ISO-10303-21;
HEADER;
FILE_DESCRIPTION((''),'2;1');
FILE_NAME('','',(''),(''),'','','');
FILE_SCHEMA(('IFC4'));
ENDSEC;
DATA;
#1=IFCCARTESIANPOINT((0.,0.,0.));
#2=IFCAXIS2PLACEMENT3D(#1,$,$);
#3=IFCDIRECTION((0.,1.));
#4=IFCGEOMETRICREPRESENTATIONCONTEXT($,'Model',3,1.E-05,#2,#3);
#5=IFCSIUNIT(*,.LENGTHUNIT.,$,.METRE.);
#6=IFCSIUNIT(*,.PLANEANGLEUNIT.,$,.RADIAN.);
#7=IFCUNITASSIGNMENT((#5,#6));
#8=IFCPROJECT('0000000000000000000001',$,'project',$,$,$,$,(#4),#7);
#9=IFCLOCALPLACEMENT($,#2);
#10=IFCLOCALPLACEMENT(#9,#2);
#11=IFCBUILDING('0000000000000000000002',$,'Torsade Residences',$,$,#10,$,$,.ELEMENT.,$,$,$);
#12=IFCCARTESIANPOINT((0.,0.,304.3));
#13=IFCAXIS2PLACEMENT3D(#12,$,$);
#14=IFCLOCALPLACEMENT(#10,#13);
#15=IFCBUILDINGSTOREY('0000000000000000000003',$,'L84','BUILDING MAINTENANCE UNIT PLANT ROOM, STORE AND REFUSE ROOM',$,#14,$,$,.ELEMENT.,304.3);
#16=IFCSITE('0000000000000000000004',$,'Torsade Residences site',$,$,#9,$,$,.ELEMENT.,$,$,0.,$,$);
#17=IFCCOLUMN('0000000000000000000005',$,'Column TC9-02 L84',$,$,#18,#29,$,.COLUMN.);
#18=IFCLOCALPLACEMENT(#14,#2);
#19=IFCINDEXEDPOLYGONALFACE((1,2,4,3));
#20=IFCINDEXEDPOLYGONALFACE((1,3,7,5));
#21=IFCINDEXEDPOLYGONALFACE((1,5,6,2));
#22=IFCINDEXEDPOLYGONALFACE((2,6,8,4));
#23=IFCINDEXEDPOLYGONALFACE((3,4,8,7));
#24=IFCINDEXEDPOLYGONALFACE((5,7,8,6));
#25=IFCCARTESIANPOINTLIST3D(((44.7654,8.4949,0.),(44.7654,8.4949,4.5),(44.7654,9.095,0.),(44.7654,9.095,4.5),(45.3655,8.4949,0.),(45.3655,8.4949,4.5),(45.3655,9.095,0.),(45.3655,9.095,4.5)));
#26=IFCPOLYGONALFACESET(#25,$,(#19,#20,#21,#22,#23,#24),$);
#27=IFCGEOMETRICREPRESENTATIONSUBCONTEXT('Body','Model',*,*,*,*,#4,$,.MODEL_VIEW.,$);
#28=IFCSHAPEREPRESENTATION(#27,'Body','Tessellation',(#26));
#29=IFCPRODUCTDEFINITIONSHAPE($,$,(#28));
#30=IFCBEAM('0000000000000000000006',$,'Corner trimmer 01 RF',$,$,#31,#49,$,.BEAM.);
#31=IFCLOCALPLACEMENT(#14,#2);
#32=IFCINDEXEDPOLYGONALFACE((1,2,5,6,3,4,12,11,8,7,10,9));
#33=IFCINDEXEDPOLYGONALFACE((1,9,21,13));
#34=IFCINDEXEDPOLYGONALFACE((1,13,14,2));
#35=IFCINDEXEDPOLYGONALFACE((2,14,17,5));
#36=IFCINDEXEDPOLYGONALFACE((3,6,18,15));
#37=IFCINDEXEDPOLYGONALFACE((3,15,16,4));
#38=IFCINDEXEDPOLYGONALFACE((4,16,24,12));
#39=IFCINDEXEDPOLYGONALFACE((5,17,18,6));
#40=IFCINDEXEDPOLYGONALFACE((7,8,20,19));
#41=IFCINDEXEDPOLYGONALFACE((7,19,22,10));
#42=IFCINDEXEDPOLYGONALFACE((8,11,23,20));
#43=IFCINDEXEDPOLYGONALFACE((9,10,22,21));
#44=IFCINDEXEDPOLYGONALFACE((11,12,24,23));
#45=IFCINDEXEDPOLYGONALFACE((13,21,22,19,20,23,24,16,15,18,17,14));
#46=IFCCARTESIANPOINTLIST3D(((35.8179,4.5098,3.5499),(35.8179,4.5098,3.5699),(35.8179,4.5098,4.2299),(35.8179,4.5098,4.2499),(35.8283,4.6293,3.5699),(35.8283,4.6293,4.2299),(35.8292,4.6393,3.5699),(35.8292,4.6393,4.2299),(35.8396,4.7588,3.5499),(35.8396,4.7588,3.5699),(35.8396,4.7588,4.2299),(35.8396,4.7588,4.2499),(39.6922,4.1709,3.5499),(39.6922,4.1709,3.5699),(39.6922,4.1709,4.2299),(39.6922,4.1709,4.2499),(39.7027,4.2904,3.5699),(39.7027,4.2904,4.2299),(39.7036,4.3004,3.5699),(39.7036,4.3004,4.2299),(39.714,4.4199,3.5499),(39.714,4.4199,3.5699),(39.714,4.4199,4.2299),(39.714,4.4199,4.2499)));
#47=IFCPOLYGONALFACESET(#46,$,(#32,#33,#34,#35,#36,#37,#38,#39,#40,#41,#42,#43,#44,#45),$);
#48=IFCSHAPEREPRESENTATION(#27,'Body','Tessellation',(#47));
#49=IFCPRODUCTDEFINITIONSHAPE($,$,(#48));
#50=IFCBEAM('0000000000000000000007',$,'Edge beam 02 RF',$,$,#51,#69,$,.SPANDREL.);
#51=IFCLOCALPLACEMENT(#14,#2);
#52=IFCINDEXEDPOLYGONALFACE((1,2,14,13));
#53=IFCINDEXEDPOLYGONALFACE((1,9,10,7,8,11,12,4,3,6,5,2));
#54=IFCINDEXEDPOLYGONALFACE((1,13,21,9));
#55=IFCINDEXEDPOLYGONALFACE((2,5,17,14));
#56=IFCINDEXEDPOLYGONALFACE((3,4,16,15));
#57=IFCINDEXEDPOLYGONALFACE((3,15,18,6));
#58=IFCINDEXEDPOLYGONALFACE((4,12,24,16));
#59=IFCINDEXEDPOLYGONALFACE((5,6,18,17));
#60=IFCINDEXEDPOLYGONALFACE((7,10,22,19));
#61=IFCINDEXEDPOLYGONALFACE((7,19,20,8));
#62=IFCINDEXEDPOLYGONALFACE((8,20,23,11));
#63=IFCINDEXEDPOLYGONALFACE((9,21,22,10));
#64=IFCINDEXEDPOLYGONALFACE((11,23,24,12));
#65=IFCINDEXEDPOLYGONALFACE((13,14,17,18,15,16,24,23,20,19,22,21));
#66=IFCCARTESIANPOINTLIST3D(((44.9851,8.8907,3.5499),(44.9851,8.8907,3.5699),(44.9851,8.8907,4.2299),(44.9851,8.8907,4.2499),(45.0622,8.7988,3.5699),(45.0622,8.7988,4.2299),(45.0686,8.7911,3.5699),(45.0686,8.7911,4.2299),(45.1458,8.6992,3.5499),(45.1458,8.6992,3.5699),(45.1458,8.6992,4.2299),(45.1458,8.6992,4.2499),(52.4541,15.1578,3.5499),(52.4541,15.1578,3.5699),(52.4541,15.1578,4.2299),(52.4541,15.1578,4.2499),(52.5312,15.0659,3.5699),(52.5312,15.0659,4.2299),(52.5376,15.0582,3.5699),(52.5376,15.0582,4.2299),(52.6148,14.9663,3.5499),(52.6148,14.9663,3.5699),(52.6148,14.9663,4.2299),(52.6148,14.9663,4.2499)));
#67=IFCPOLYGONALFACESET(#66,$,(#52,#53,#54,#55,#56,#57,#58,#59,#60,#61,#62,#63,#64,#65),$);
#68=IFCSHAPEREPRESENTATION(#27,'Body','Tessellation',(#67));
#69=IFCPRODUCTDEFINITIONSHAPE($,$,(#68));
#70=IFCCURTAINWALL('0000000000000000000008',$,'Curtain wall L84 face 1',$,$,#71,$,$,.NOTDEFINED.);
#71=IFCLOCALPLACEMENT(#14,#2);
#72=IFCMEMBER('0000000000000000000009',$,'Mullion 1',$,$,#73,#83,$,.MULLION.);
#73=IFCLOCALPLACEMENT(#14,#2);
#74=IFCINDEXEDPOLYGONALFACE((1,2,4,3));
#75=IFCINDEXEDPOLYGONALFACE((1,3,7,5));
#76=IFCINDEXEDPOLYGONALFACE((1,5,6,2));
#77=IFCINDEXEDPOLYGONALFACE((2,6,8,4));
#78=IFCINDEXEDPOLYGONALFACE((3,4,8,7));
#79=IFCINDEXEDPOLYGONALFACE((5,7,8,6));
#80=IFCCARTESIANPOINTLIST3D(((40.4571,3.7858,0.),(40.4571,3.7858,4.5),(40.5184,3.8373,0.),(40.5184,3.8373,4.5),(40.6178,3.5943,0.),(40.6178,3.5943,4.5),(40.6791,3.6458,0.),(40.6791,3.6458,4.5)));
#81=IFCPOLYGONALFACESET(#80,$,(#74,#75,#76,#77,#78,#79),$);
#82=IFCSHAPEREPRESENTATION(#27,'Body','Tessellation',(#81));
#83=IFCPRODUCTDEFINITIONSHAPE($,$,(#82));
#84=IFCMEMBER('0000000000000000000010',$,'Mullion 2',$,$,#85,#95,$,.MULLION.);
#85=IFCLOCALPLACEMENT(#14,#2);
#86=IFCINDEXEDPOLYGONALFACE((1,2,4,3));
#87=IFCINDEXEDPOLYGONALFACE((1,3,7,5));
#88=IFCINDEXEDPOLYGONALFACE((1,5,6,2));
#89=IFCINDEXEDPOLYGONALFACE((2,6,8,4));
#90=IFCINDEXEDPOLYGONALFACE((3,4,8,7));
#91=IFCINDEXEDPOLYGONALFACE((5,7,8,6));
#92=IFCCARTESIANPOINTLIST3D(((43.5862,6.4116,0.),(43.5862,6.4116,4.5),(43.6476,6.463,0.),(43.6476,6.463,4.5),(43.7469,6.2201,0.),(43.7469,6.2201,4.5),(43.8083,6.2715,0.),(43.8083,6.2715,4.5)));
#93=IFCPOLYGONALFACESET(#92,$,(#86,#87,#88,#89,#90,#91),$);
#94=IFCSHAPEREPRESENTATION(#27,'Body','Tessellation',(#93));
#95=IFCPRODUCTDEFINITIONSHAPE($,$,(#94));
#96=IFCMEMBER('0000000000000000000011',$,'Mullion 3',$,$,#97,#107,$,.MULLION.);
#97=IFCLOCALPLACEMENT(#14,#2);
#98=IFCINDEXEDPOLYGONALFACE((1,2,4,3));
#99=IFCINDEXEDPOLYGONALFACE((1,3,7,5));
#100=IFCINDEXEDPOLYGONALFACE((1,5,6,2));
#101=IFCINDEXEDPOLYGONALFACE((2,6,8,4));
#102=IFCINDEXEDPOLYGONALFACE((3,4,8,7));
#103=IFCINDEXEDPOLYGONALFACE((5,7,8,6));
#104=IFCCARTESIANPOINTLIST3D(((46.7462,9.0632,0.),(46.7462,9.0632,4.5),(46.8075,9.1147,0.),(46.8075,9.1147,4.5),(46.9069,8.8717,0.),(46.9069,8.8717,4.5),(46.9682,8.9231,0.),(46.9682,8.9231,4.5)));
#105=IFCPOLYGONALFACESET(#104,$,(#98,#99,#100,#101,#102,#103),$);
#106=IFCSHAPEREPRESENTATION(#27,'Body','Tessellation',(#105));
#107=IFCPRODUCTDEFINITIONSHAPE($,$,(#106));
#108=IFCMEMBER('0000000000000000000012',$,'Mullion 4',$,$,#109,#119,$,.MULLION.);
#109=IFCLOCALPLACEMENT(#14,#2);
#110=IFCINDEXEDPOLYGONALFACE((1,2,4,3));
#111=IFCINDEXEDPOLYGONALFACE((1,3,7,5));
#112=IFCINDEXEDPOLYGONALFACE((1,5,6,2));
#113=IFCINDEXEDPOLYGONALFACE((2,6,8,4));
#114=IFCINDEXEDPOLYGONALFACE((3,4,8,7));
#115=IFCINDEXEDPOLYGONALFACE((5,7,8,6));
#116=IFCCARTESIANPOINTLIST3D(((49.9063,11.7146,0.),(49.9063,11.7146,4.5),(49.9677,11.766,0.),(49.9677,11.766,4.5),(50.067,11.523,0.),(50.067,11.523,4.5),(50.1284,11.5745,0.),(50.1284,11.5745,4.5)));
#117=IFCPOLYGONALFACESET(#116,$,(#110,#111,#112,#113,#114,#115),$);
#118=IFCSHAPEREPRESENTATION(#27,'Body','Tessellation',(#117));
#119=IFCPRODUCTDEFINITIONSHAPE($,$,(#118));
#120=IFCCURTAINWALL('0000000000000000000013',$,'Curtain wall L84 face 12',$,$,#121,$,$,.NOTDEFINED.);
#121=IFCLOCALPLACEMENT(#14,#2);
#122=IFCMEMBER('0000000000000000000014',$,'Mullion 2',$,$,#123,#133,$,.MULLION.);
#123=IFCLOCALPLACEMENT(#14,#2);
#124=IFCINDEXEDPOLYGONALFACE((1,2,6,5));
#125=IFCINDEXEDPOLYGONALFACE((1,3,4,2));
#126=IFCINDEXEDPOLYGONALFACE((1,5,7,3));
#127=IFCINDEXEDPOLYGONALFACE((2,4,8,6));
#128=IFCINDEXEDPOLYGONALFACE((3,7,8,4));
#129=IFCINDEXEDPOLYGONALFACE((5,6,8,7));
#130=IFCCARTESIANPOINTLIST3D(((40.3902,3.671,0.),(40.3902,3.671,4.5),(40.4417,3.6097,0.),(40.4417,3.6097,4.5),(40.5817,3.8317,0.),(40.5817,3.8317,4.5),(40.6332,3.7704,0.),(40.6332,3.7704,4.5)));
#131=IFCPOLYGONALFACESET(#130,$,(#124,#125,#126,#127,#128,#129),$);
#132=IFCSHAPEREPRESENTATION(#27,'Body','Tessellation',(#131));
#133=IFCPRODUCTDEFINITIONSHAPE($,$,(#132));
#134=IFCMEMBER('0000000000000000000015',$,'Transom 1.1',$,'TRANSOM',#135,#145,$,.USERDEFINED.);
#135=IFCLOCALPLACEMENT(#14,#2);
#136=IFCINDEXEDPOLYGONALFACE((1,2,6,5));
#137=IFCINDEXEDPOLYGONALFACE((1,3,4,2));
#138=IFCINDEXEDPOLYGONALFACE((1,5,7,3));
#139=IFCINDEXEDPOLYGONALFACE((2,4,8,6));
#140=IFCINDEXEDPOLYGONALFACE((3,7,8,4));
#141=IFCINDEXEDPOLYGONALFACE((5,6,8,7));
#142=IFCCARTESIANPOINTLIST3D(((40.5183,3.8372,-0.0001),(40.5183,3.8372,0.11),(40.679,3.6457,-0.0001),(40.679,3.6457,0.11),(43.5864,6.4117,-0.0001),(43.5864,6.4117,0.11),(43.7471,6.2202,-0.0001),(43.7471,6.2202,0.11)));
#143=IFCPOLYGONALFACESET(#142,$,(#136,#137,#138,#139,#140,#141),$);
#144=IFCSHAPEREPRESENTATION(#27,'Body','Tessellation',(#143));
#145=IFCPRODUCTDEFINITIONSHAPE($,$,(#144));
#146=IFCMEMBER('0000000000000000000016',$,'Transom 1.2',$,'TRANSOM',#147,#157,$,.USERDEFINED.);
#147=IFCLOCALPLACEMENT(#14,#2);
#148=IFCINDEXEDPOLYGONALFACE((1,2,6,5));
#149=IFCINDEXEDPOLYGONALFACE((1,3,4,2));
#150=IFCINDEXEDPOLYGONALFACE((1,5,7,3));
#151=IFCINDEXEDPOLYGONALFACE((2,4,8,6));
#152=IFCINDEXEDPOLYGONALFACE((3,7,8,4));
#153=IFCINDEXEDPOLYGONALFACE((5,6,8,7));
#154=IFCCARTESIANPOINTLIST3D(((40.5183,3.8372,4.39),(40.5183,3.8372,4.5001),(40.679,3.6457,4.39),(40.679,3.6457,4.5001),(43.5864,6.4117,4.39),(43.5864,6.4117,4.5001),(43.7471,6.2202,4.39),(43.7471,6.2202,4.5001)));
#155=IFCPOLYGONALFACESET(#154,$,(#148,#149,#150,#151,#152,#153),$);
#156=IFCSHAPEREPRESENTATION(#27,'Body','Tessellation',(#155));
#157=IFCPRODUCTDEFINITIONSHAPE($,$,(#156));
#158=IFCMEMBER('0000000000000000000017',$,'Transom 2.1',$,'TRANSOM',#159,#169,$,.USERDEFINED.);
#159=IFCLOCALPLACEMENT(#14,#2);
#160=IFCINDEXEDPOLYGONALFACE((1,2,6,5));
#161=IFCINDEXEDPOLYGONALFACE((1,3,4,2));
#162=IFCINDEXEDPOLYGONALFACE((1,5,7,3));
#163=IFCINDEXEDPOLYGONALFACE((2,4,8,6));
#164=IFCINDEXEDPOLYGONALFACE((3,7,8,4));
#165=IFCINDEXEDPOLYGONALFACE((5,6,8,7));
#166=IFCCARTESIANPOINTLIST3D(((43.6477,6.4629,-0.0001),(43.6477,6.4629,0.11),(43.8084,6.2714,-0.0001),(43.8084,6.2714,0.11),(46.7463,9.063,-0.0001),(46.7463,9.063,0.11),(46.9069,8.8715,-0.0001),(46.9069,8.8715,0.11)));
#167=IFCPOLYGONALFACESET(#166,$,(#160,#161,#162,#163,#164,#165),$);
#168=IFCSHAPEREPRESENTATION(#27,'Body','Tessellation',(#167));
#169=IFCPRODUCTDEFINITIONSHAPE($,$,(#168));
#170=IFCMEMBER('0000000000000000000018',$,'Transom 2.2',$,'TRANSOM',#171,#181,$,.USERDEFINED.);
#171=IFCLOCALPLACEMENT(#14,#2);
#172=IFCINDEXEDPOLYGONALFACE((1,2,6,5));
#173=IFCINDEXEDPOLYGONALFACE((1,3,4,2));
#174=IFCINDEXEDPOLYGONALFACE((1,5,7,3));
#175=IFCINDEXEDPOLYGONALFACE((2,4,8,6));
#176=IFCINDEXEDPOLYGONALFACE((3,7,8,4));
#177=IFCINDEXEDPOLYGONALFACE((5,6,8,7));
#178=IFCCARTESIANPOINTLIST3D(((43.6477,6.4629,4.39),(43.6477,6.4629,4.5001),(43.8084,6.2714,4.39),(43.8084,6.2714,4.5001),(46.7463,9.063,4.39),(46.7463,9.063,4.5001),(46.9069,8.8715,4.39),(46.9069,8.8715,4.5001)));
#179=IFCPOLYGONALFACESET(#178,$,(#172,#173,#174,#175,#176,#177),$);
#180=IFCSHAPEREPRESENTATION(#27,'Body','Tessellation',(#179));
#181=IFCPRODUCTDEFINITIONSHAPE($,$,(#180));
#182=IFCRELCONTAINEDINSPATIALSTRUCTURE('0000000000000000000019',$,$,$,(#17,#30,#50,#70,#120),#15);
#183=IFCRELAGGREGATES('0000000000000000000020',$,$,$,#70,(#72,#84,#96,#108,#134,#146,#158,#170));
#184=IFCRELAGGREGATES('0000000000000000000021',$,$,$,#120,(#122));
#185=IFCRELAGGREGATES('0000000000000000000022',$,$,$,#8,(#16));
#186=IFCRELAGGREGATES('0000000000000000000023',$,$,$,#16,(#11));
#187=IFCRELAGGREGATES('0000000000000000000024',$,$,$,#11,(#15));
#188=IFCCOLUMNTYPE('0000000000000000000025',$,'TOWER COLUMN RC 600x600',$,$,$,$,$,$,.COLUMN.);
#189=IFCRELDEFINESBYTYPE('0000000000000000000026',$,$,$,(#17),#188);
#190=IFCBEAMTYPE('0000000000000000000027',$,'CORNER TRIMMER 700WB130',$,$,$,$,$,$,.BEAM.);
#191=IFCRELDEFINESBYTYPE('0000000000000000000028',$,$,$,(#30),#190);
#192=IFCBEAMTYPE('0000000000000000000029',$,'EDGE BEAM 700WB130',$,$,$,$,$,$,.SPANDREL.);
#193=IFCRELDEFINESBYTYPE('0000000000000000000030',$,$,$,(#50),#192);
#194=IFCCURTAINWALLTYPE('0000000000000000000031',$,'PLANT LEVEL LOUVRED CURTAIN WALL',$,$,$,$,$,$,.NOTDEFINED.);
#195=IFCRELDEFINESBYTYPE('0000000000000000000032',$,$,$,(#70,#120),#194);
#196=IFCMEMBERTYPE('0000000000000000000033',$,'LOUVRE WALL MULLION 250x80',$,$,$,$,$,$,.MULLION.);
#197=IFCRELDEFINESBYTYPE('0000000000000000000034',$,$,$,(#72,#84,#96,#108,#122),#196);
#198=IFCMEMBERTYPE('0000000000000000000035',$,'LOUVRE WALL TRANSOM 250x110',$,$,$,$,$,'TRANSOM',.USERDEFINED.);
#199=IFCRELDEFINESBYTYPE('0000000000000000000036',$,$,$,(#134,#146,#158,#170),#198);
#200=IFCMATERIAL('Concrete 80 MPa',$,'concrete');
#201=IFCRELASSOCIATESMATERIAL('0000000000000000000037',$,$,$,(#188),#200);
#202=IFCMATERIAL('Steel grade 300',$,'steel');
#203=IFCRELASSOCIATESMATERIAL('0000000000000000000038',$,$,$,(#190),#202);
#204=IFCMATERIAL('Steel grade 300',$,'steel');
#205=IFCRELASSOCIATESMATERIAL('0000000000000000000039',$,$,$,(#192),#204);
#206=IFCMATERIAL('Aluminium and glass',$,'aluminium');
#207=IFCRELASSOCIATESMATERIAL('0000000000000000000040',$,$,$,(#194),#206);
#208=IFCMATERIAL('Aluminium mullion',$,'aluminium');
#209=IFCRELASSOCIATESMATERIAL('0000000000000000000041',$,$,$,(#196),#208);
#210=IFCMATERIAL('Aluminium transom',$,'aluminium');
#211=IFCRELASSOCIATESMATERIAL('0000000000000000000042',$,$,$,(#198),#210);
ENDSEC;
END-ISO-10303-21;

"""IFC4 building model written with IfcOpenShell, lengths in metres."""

from ifc_helpers import new_model, si_unit, direction, frame, origin, origin_2d, place, context, subcontext, project, spatial, rectangle, i_section, extrude, material, material_profile, profile_set, type_object, element, aggregate, save


model = new_model("IFC4")

# Units and contexts
model_context = context("Model", 3, precision=1e-05, world=origin(), true_north=direction((0.0, 1.0)))
body_context = subcontext(model_context, "Body", "Model", "MODEL_VIEW")
ifc_project = project(units=[si_unit("LENGTHUNIT", "METRE"), si_unit("PLANEANGLEUNIT", "RADIAN")], contexts=[model_context])

# Site, building, storey
site_placement = place(None, origin())
site = spatial("IfcSite", under=ifc_project, at=site_placement, Name="Torsade Residences site", CompositionType="ELEMENT", RefElevation=0.0)
building_placement = place(site_placement, origin())
building = spatial("IfcBuilding", under=site, at=building_placement, Name="Torsade Residences", CompositionType="ELEMENT")
storey_placement = place(building_placement, frame((0.0, 0.0, 304.3)))
storey = spatial("IfcBuildingStorey", under=building, at=storey_placement, Name="L84", Description="BUILDING MAINTENANCE UNIT PLANT ROOM, STORE AND REFUSE ROOM", CompositionType="ELEMENT", Elevation=304.3)

# Column
ifc_material_1 = material(Name="Concrete 80 MPa", Category="concrete")
ifc_material_profile_1 = material_profile(ifc_material_1, rectangle(XDim=0.6001, YDim=0.6001, at=origin_2d()), Name="RC 600x600")
ifc_profile_set_1 = profile_set([ifc_material_profile_1], Name="Concrete 80 MPa")
column_type = type_object("IfcColumnType", Name="TOWER COLUMN RC 600x600", PredefinedType="COLUMN", material=ifc_profile_set_1)
column_placement = place(storey_placement, frame((45.0654, 8.7949, 0.0), z_axis=(0.0, 0.0, 1.0), x_axis=(1.0, 0.0, 0.0)))
element("IfcColumn", 1, at=column_placement, inside=storey, type_object=column_type, Name="Column TC9-02 L84", PredefinedType="COLUMN", context=body_context, shape_type="SweptSolid", body=[
    extrude(rectangle(XDim=0.6001, YDim=0.6001, at=origin_2d()), origin(), (0.0, 0.0, 1.0), 4.5),
])

# Beams
ifc_material_2 = material(Name="Steel grade 300", Category="steel")
ifc_material_profile_2 = material_profile(ifc_material_2, i_section(OverallWidth=0.25, OverallDepth=0.7, WebThickness=0.01, FlangeThickness=0.02, at=origin_2d()), Name="700WB130")
ifc_profile_set_2 = profile_set([ifc_material_profile_2], Name="Steel grade 300")
beam_type_1 = type_object("IfcBeamType", Name="CORNER TRIMMER 700WB130", PredefinedType="BEAM", material=ifc_profile_set_2)
beam_1_placement = place(storey_placement, frame((39.7031, 4.2954, 3.8999), z_axis=(-0.996197, 0.087133, 0.0), x_axis=(-0.087133, -0.996197, 0.0)))
element("IfcBeam", 2, at=beam_1_placement, inside=storey, type_object=beam_type_1, Name="Corner trimmer 01 RF", PredefinedType="BEAM", context=body_context, shape_type="SweptSolid", body=[
    extrude(i_section(OverallWidth=0.25, OverallDepth=0.7, WebThickness=0.01, FlangeThickness=0.02, at=origin_2d()), origin(), (0.0, 0.0, 1.0), 3.8892),
])
ifc_material_3 = material(Name="Steel grade 300", Category="steel")
ifc_material_profile_3 = material_profile(ifc_material_3, i_section(OverallWidth=0.25, OverallDepth=0.7, WebThickness=0.01, FlangeThickness=0.02, at=origin_2d()), Name="700WB130")
ifc_profile_set_3 = profile_set([ifc_material_profile_3], Name="Steel grade 300")
beam_type_2 = type_object("IfcBeamType", Name="EDGE BEAM 700WB130", PredefinedType="SPANDREL", material=ifc_profile_set_3)
beam_2_placement = place(storey_placement, frame((45.0654, 8.7949, 3.8999), z_axis=(0.766052, 0.642779, 0.0), x_axis=(-0.642779, 0.766052, 0.0)))
element("IfcBeam", 3, at=beam_2_placement, inside=storey, type_object=beam_type_2, Name="Edge beam 02 RF", PredefinedType="SPANDREL", context=body_context, shape_type="SweptSolid", body=[
    extrude(i_section(OverallWidth=0.25, OverallDepth=0.7, WebThickness=0.01, FlangeThickness=0.02, at=origin_2d()), origin(), (0.0, 0.0, 1.0), 9.75),
])

# Curtain wall, members
ifc_material_4 = material(Name="Aluminium and glass", Category="aluminium")
curtain_wall_type = type_object("IfcCurtainWallType", Name="PLANT LEVEL LOUVRED CURTAIN WALL", PredefinedType="NOTDEFINED", material=ifc_material_4)
curtain_wall_1_placement = place(storey_placement, origin())
curtain_wall_1 = element("IfcCurtainWall", 4, at=curtain_wall_1_placement, inside=storey, type_object=curtain_wall_type, Name="Curtain wall L84 face 1", PredefinedType="NOTDEFINED")
ifc_material_5 = material(Name="Aluminium mullion", Category="aluminium")
ifc_material_profile_4 = material_profile(ifc_material_5, rectangle(XDim=0.25, YDim=0.0801, at=origin_2d()), Name="LOUVRE WALL MULLION 250x80")
ifc_profile_set_4 = profile_set([ifc_material_profile_4], Name="Aluminium mullion")
member_type_1 = type_object("IfcMemberType", Name="LOUVRE WALL MULLION 250x80", PredefinedType="MULLION", material=ifc_profile_set_4)
member_1_placement = place(storey_placement, frame((40.5681, 3.7158, 0.0), z_axis=(0.0, 0.0, 1.0), x_axis=(-0.642788, 0.766044, 0.0)))
member_1 = element("IfcMember", 5, at=member_1_placement, type_object=member_type_1, Name="Mullion 1", PredefinedType="MULLION", context=body_context, shape_type="SweptSolid", body=[
    extrude(rectangle(XDim=0.25, YDim=0.0801, at=origin_2d()), origin(), (0.0, 0.0, 1.0), 4.5),
])
member_2_placement = place(storey_placement, frame((43.6973, 6.3416, 0.0), z_axis=(0.0, 0.0, 1.0), x_axis=(-0.642788, 0.766044, 0.0)))
member_2 = element("IfcMember", 6, at=member_2_placement, type_object=member_type_1, Name="Mullion 2", PredefinedType="MULLION", context=body_context, shape_type="SweptSolid", body=[
    extrude(rectangle(XDim=0.25, YDim=0.0801, at=origin_2d()), origin(), (0.0, 0.0, 1.0), 4.5),
])
member_3_placement = place(storey_placement, frame((46.8572, 8.9932, 0.0), z_axis=(0.0, 0.0, 1.0), x_axis=(-0.642788, 0.766044, 0.0)))
member_3 = element("IfcMember", 7, at=member_3_placement, type_object=member_type_1, Name="Mullion 3", PredefinedType="MULLION", context=body_context, shape_type="SweptSolid", body=[
    extrude(rectangle(XDim=0.25, YDim=0.0801, at=origin_2d()), origin(), (0.0, 0.0, 1.0), 4.5),
])
member_4_placement = place(storey_placement, frame((50.0173, 11.6445, 0.0), z_axis=(0.0, 0.0, 1.0), x_axis=(-0.642788, 0.766044, 0.0)))
member_4 = element("IfcMember", 8, at=member_4_placement, type_object=member_type_1, Name="Mullion 4", PredefinedType="MULLION", context=body_context, shape_type="SweptSolid", body=[
    extrude(rectangle(XDim=0.25, YDim=0.0801, at=origin_2d()), origin(), (0.0, 0.0, 1.0), 4.5),
])

# Curtain wall, member
curtain_wall_2_placement = place(storey_placement, origin())
curtain_wall_2 = element("IfcCurtainWall", 9, at=curtain_wall_2_placement, inside=storey, type_object=curtain_wall_type, Name="Curtain wall L84 face 12", PredefinedType="NOTDEFINED")
member_5_placement = place(storey_placement, frame((40.5117, 3.7207, 0.0), z_axis=(0.0, 0.0, 1.0), x_axis=(0.766044, 0.642788, 0.0)))
member_5 = element("IfcMember", 10, at=member_5_placement, type_object=member_type_1, Name="Mullion 2", PredefinedType="MULLION", context=body_context, shape_type="SweptSolid", body=[
    extrude(rectangle(XDim=0.25, YDim=0.0801, at=origin_2d()), origin(), (0.0, 0.0, 1.0), 4.5),
])

# Members
ifc_material_6 = material(Name="Aluminium transom", Category="aluminium")
ifc_material_profile_5 = material_profile(ifc_material_6, rectangle(XDim=0.25, YDim=0.1101, at=origin_2d()), Name="LOUVRE WALL TRANSOM 250x110")
ifc_profile_set_5 = profile_set([ifc_material_profile_5], Name="Aluminium transom")
member_type_2 = type_object("IfcMemberType", Name="LOUVRE WALL TRANSOM 250x110", ElementType="TRANSOM", PredefinedType="USERDEFINED", material=ifc_profile_set_5)
member_6_placement = place(storey_placement, frame((40.5986, 3.7415, 0.0549), z_axis=(0.766043, 0.642789, 0.0), x_axis=(-0.642789, 0.766043, 0.0)))
member_6 = element("IfcMember", 11, at=member_6_placement, type_object=member_type_2, Name="Transom 1.1", ObjectType="TRANSOM", PredefinedType="USERDEFINED", context=body_context, shape_type="SweptSolid", body=[
    extrude(rectangle(XDim=0.25, YDim=0.1101, at=origin_2d()), origin(), (0.0, 0.0, 1.0), 4.0051),
])
member_7_placement = place(storey_placement, frame((40.5986, 3.7415, 4.4451), z_axis=(0.766043, 0.642789, 0.0), x_axis=(-0.642789, 0.766043, 0.0)))
member_7 = element("IfcMember", 12, at=member_7_placement, type_object=member_type_2, Name="Transom 1.2", ObjectType="TRANSOM", PredefinedType="USERDEFINED", context=body_context, shape_type="SweptSolid", body=[
    extrude(rectangle(XDim=0.25, YDim=0.1101, at=origin_2d()), origin(), (0.0, 0.0, 1.0), 4.0051),
])
member_8_placement = place(storey_placement, frame((43.728, 6.3672, 0.0549), z_axis=(0.76604, 0.642793, 0.0), x_axis=(-0.642793, 0.76604, 0.0)))
member_8 = element("IfcMember", 13, at=member_8_placement, type_object=member_type_2, Name="Transom 2.1", ObjectType="TRANSOM", PredefinedType="USERDEFINED", context=body_context, shape_type="SweptSolid", body=[
    extrude(rectangle(XDim=0.25, YDim=0.1101, at=origin_2d()), origin(), (0.0, 0.0, 1.0), 4.0449),
])
member_9_placement = place(storey_placement, frame((43.728, 6.3672, 4.4451), z_axis=(0.76604, 0.642793, 0.0), x_axis=(-0.642793, 0.76604, 0.0)))
member_9 = element("IfcMember", 14, at=member_9_placement, type_object=member_type_2, Name="Transom 2.2", ObjectType="TRANSOM", PredefinedType="USERDEFINED", context=body_context, shape_type="SweptSolid", body=[
    extrude(rectangle(XDim=0.25, YDim=0.1101, at=origin_2d()), origin(), (0.0, 0.0, 1.0), 4.0449),
])

aggregate(curtain_wall_1, [member_1, member_2, member_3, member_4, member_6, member_7, member_8, member_9])
aggregate(curtain_wall_2, [member_5])

save(model, "model.ifc")
